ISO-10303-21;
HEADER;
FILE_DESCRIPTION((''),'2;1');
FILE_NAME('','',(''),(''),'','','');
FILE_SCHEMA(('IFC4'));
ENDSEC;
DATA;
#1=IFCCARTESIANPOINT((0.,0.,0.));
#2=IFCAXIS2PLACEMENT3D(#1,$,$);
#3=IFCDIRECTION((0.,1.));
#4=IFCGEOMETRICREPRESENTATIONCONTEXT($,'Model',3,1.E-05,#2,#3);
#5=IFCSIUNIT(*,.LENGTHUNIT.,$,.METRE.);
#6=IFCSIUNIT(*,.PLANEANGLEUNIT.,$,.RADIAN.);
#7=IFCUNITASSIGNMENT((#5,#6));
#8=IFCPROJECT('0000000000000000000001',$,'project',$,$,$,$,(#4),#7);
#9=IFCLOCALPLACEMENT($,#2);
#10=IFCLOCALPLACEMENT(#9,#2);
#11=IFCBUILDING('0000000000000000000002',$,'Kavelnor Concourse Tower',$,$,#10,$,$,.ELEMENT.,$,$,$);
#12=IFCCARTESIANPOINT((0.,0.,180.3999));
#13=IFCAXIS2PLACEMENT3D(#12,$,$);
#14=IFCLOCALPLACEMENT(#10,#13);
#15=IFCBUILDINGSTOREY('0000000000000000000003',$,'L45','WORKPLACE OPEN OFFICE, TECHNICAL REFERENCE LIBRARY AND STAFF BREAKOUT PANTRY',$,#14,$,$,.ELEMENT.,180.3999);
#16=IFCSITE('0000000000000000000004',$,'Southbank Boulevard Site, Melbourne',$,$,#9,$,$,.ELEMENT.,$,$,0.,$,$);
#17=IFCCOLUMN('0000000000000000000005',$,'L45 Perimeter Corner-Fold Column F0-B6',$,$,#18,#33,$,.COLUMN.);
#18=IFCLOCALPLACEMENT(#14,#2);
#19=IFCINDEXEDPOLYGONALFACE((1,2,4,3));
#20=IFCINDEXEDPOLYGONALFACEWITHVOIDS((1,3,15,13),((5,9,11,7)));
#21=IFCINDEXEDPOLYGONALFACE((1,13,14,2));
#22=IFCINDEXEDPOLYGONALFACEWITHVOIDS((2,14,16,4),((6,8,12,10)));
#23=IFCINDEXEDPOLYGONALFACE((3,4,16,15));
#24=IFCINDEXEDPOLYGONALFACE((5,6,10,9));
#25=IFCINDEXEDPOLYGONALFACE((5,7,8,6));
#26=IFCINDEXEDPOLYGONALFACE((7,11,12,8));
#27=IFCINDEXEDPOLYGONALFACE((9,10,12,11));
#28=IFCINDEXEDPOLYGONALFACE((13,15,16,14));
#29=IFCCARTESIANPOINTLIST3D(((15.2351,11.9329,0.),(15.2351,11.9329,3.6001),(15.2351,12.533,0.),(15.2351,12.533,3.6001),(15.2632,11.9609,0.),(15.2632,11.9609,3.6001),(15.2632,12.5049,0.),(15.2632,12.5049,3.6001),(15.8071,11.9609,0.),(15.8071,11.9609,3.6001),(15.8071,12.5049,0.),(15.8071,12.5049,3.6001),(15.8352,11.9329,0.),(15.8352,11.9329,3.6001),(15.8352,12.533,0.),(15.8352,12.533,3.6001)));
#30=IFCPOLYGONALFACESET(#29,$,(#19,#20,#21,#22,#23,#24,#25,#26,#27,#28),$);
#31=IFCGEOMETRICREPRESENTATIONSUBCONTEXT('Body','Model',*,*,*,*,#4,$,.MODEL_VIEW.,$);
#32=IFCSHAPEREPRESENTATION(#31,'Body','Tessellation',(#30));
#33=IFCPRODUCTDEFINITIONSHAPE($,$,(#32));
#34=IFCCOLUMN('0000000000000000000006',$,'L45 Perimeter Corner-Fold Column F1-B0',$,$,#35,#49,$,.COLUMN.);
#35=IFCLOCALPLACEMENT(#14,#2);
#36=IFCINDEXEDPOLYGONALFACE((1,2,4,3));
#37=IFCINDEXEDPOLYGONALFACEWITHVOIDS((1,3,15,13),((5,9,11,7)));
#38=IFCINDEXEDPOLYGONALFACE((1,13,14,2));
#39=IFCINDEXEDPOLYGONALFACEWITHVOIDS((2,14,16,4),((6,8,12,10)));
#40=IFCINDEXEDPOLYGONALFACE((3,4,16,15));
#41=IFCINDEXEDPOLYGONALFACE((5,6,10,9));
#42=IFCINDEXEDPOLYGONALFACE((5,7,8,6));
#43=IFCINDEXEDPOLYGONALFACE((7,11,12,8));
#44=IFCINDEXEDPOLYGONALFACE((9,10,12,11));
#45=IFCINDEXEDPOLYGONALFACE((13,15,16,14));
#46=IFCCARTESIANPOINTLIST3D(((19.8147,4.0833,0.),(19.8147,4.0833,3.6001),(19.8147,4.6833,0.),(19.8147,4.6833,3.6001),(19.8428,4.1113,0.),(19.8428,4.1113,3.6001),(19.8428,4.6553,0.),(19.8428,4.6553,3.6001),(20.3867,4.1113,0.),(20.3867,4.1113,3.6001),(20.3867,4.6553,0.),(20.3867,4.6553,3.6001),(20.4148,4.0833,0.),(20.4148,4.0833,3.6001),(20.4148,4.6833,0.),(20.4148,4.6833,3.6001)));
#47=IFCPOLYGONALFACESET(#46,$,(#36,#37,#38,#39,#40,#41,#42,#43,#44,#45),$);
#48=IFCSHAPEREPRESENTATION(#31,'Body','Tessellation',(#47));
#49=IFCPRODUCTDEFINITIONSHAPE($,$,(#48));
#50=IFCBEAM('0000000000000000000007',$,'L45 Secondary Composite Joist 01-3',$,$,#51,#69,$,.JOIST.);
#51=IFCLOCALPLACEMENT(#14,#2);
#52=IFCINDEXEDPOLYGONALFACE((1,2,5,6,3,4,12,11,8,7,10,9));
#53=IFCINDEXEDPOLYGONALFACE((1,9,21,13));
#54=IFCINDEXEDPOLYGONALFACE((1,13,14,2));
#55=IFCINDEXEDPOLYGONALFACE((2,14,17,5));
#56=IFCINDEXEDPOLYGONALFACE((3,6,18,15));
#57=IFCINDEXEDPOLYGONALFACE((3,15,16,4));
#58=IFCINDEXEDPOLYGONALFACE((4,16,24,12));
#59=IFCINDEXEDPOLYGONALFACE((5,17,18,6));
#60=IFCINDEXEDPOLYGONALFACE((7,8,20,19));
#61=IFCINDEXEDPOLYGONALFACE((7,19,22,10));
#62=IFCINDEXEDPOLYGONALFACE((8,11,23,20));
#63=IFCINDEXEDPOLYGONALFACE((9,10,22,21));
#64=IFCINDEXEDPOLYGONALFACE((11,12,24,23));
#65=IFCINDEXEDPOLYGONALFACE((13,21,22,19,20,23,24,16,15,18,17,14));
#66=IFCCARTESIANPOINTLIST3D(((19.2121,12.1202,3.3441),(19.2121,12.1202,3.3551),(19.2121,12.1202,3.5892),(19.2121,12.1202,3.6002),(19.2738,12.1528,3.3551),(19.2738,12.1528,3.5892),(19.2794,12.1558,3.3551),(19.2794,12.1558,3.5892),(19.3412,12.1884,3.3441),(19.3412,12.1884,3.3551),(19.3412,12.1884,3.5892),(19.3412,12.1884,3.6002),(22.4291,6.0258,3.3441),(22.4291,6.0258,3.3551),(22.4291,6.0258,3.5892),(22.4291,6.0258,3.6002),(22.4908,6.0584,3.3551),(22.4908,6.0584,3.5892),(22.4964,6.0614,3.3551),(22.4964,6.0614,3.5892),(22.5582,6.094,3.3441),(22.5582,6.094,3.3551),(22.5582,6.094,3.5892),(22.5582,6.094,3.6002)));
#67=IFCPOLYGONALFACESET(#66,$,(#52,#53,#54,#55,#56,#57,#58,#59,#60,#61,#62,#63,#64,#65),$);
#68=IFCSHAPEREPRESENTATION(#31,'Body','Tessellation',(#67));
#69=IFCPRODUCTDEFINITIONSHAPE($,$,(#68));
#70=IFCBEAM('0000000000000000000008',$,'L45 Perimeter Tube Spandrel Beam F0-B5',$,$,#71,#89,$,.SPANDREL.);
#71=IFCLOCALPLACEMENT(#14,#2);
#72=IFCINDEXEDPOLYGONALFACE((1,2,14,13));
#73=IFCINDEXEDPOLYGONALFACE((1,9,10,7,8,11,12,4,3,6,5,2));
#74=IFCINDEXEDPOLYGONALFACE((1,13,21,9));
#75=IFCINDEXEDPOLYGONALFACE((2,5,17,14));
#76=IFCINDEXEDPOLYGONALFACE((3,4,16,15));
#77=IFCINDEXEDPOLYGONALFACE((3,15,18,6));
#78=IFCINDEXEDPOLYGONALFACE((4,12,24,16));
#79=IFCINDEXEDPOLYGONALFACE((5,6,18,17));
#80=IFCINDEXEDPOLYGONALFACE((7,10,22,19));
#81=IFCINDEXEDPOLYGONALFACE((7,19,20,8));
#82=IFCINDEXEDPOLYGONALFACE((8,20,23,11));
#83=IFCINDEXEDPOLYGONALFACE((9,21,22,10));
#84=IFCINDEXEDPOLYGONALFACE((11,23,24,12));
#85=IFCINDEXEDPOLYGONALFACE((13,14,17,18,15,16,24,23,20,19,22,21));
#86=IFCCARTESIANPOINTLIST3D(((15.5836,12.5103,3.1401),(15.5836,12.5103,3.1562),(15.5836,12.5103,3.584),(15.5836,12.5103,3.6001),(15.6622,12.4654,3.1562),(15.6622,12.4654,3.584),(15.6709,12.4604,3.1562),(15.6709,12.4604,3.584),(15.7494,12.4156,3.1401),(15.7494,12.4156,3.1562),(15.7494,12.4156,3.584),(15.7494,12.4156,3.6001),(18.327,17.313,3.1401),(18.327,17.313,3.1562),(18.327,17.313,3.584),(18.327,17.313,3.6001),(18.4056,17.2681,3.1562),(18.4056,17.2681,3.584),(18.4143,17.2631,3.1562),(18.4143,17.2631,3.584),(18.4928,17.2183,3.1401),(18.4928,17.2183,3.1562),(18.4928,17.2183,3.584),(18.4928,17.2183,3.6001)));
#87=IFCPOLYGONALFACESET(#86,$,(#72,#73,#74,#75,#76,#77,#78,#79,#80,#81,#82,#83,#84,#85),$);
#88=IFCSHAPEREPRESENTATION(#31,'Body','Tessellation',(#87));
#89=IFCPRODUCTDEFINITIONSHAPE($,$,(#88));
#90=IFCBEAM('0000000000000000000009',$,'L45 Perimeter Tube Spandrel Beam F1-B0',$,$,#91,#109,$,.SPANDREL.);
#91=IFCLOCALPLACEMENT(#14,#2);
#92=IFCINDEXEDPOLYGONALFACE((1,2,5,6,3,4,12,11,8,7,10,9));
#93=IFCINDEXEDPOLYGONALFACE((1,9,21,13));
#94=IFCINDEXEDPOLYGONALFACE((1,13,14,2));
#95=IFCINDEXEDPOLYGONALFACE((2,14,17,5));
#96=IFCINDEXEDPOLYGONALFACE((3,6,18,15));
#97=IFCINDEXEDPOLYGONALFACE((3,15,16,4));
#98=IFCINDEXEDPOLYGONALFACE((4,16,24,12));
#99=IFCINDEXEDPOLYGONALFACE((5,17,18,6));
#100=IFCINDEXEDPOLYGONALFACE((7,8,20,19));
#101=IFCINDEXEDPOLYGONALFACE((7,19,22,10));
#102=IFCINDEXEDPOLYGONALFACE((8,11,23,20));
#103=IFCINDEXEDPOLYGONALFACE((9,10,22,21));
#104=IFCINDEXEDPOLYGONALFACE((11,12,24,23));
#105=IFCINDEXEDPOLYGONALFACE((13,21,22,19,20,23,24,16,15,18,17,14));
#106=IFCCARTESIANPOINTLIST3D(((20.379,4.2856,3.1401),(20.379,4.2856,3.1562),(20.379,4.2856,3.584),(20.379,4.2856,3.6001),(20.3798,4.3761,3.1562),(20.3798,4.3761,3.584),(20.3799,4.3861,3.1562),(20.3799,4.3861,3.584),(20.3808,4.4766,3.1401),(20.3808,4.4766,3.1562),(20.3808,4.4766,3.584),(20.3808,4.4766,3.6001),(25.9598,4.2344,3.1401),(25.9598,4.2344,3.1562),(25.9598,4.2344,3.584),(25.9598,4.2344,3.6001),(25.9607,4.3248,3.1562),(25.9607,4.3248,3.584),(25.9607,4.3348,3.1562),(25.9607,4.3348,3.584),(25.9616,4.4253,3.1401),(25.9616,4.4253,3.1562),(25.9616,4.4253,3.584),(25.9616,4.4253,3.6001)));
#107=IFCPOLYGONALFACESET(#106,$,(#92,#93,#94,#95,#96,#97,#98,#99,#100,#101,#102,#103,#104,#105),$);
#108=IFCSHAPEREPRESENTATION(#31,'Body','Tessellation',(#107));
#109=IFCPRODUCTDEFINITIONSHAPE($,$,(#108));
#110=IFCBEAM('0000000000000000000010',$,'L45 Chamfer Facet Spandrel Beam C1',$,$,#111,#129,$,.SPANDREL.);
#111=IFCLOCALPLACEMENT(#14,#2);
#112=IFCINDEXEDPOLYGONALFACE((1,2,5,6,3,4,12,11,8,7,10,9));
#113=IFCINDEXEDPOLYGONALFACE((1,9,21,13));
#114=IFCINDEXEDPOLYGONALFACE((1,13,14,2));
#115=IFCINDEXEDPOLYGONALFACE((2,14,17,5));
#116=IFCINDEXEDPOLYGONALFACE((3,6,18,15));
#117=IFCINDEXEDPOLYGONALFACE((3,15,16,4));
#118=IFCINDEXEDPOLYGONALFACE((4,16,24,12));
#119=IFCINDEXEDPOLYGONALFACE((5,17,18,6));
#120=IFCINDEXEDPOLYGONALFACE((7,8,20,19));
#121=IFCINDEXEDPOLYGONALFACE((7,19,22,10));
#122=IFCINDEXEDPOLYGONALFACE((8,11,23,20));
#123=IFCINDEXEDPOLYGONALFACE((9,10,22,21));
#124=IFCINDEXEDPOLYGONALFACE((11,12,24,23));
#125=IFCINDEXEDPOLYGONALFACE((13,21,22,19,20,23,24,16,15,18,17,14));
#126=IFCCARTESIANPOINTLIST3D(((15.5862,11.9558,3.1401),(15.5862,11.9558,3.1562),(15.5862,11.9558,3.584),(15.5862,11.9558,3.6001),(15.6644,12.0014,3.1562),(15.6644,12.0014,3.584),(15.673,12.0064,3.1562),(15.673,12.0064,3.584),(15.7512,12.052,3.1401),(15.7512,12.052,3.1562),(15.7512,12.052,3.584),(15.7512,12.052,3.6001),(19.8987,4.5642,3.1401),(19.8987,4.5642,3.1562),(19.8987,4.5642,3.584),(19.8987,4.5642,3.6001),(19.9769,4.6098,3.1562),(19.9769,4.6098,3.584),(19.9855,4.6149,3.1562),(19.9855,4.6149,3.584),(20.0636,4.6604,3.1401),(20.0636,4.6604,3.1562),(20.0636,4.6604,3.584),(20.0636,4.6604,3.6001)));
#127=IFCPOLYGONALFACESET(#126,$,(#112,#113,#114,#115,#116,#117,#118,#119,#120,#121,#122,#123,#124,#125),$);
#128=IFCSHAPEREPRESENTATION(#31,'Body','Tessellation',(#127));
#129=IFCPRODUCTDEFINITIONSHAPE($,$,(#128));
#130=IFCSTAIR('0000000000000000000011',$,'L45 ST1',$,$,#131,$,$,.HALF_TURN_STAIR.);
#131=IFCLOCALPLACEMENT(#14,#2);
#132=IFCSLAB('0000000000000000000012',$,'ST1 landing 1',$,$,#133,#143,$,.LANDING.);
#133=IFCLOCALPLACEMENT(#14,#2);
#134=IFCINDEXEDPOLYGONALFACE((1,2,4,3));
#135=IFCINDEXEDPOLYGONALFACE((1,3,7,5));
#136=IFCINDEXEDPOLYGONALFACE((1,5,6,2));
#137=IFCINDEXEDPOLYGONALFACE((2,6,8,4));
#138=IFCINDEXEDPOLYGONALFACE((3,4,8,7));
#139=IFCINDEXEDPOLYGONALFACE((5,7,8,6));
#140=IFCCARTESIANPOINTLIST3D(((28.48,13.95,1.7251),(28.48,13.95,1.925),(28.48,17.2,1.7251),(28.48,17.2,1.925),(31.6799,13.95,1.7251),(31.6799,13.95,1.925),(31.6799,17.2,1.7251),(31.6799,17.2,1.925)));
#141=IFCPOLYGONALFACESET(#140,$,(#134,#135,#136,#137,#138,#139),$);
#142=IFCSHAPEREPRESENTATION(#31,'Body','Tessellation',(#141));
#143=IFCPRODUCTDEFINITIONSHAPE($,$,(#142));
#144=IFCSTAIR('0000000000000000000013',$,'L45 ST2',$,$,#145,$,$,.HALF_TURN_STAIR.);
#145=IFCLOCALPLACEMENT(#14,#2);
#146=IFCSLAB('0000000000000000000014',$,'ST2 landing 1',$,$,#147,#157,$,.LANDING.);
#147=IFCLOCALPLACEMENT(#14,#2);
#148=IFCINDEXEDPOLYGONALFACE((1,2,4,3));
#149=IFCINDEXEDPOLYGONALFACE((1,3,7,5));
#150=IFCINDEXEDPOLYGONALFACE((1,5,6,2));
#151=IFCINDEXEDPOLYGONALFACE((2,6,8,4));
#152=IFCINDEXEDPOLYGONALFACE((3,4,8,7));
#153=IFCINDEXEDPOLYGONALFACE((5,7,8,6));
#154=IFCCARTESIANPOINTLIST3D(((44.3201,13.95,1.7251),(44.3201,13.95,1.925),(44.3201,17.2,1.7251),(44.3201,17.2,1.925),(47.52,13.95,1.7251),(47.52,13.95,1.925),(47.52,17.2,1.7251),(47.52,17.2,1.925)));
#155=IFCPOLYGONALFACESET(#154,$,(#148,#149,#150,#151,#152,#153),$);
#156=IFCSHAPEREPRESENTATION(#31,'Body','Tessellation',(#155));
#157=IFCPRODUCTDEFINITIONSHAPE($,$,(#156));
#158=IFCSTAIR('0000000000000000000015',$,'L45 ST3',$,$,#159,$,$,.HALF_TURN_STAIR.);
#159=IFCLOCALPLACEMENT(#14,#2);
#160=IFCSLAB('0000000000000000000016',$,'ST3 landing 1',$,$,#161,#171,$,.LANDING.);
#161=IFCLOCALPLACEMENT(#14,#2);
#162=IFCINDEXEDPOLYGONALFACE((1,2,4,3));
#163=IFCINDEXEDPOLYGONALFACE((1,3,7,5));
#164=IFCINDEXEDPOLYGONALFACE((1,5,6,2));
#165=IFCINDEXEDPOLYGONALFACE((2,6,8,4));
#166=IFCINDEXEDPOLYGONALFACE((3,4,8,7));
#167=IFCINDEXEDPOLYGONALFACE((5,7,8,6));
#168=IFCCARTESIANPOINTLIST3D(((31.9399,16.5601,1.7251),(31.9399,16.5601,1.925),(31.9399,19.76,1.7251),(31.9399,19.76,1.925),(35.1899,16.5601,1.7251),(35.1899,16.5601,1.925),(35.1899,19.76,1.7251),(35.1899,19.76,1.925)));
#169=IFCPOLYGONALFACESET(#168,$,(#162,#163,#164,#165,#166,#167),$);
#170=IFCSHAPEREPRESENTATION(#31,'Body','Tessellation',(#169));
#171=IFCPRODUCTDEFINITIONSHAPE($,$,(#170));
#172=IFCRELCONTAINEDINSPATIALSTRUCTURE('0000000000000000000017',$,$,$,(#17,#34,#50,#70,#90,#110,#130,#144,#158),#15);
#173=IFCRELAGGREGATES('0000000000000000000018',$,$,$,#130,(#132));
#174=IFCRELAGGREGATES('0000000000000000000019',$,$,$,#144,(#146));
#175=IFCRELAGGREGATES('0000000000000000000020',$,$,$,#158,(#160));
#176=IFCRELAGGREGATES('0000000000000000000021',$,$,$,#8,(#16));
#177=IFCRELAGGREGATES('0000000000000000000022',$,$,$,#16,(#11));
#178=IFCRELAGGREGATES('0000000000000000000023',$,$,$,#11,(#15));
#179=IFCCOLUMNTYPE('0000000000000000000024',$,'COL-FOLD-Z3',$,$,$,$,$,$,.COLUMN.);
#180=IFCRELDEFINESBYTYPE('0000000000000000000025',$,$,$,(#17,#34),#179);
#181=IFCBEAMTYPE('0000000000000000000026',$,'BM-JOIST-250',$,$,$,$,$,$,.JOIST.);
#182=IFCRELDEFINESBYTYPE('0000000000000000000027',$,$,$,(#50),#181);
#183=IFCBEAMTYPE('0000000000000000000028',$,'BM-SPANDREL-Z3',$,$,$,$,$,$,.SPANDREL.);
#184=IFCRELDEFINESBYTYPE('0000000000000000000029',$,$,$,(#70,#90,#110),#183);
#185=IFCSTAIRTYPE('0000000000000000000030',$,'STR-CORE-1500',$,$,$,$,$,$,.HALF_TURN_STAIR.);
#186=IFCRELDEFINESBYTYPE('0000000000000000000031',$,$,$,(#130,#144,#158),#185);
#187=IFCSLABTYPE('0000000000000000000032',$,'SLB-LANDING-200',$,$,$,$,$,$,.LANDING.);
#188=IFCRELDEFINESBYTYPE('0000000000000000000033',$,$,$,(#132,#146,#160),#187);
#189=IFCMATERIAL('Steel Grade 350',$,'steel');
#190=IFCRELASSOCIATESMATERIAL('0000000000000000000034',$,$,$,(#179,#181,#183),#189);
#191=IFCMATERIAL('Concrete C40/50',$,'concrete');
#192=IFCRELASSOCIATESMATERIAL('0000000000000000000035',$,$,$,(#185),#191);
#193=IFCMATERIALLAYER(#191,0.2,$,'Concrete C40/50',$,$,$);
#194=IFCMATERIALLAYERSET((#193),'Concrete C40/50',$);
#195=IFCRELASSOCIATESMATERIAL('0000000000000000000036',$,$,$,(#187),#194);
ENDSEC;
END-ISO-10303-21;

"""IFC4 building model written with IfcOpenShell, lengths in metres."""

from ifc_helpers import new_model, si_unit, direction, frame, origin, origin_2d, place, context, subcontext, project, spatial, polyline, hollow_rectangle, i_section, outline, extrude, material, layer, layer_set, material_profile, profile_set, type_object, element, aggregate, save


model = new_model("IFC4")

# Units and contexts
model_context = context("Model", 3, precision=1e-05, world=origin(), true_north=direction((0.0, 1.0)))
body_context = subcontext(model_context, "Body", "Model", "MODEL_VIEW")
ifc_project = project(units=[si_unit("LENGTHUNIT", "METRE"), si_unit("PLANEANGLEUNIT", "RADIAN")], contexts=[model_context])

# Site, building, storey
site_placement = place(None, origin())
site = spatial("IfcSite", under=ifc_project, at=site_placement, Name="Southbank Boulevard Site, Melbourne", CompositionType="ELEMENT", RefElevation=0.0)
building_placement = place(site_placement, origin())
building = spatial("IfcBuilding", under=site, at=building_placement, Name="Kavelnor Concourse Tower", CompositionType="ELEMENT")
storey_placement = place(building_placement, frame((0.0, 0.0, 180.3999)))
storey = spatial("IfcBuildingStorey", under=building, at=storey_placement, Name="L45", Description="WORKPLACE OPEN OFFICE, TECHNICAL REFERENCE LIBRARY AND STAFF BREAKOUT PANTRY", CompositionType="ELEMENT", Elevation=180.3999)

# Columns
ifc_material_1 = material(Name="Steel Grade 350", Category="steel")
ifc_material_profile_1 = material_profile(ifc_material_1, hollow_rectangle(XDim=0.6001, YDim=0.6001, WallThickness=0.0281, at=origin_2d()), Name="SHS 600x600x28")
ifc_profile_set_1 = profile_set([ifc_material_profile_1], Name="Steel Grade 350")
column_type = type_object("IfcColumnType", Name="COL-FOLD-Z3", PredefinedType="COLUMN", material=ifc_profile_set_1)
for number, where, z_axis, x_axis, name in (
    (1, (15.5352, 12.2329, 0.0), (0.0, 0.0, 1.0), (1.0, 0.0, 0.0), "L45 Perimeter Corner-Fold Column F0-B6"),
    (2, (20.1147, 4.3833, 0.0), (0.0, 0.0, 1.0), (1.0, 0.0, 0.0), "L45 Perimeter Corner-Fold Column F1-B0"),
):
    element("IfcColumn", number, at=place(storey_placement, frame(where, z_axis=z_axis, x_axis=x_axis)), inside=storey, type_object=column_type, Name=name, PredefinedType="COLUMN", context=body_context, shape_type="SweptSolid", body=[
        extrude(hollow_rectangle(XDim=0.6001, YDim=0.6001, WallThickness=0.0281, at=origin_2d()), origin(), (0.0, 0.0, 1.0), 3.6001),
    ])

# Beams
ifc_material_profile_2 = material_profile(ifc_material_1, i_section(OverallWidth=0.146, OverallDepth=0.2561, WebThickness=0.0063, FlangeThickness=0.011, at=origin_2d()), Name="250UB37")
ifc_profile_set_2 = profile_set([ifc_material_profile_2], Name="Steel Grade 350")
beam_type_1 = type_object("IfcBeamType", Name="BM-JOIST-250", PredefinedType="JOIST", material=ifc_profile_set_2)
beam_1_placement = place(storey_placement, frame((19.2766, 12.1543, 3.4722), z_axis=(0.466816, -0.884354, 0.0), x_axis=(0.884354, 0.466816, 0.0)))
element("IfcBeam", 3, at=beam_1_placement, inside=storey, type_object=beam_type_1, Name="L45 Secondary Composite Joist 01-3", PredefinedType="JOIST", context=body_context, shape_type="SweptSolid", body=[
    extrude(i_section(OverallWidth=0.146, OverallDepth=0.2561, WebThickness=0.0063, FlangeThickness=0.011, at=origin_2d()), origin(), (0.0, 0.0, 1.0), 6.8914),
])
ifc_material_profile_3 = material_profile(ifc_material_1, i_section(OverallWidth=0.1909, OverallDepth=0.46, WebThickness=0.01, FlangeThickness=0.0161, at=origin_2d()), Name="460UB82")
ifc_profile_set_3 = profile_set([ifc_material_profile_3], Name="Steel Grade 350")
beam_type_2 = type_object("IfcBeamType", Name="BM-SPANDREL-Z3", PredefinedType="SPANDREL", material=ifc_profile_set_3)
beam_2_placement = place(storey_placement, frame((18.4099, 17.2656, 3.3701), z_axis=(-0.496001, -0.868322, 0.0), x_axis=(0.868322, -0.496001, 0.0)))
element("IfcBeam", 4, at=beam_2_placement, inside=storey, type_object=beam_type_2, Name="L45 Perimeter Tube Spandrel Beam F0-B5", PredefinedType="SPANDREL", context=body_context, shape_type="SweptSolid", body=[
    extrude(i_section(OverallWidth=0.1909, OverallDepth=0.46, WebThickness=0.01, FlangeThickness=0.0161, at=origin_2d()), origin(), (0.0, 0.0, 1.0), 5.531),
])
beam_3_placement = place(storey_placement, frame((20.3799, 4.3811, 3.3701), z_axis=(0.999958, -0.009186, 0.0), x_axis=(0.009186, 0.999958, 0.0)))
element("IfcBeam", 5, at=beam_3_placement, inside=storey, type_object=beam_type_2, Name="L45 Perimeter Tube Spandrel Beam F1-B0", PredefinedType="SPANDREL", context=body_context, shape_type="SweptSolid", body=[
    extrude(i_section(OverallWidth=0.1909, OverallDepth=0.46, WebThickness=0.01, FlangeThickness=0.0161, at=origin_2d()), origin(), (0.0, 0.0, 1.0), 5.5811),
])
beam_4_placement = place(storey_placement, frame((15.6687, 12.0039, 3.3701), z_axis=(0.503935, -0.863742, 0.0), x_axis=(0.863742, 0.503935, 0.0)))
element("IfcBeam", 6, at=beam_4_placement, inside=storey, type_object=beam_type_2, Name="L45 Chamfer Facet Spandrel Beam C1", PredefinedType="SPANDREL", context=body_context, shape_type="SweptSolid", body=[
    extrude(i_section(OverallWidth=0.1909, OverallDepth=0.46, WebThickness=0.01, FlangeThickness=0.0161, at=origin_2d()), origin(), (0.0, 0.0, 1.0), 8.5576),
])

# Stairs, slabs
ifc_material_2 = material(Name="Concrete C40/50", Category="concrete")
stair_type = type_object("IfcStairType", Name="STR-CORE-1500", PredefinedType="HALF_TURN_STAIR", material=ifc_material_2)
stair_1_placement = place(storey_placement, origin())
stair_1 = element("IfcStair", 7, at=stair_1_placement, inside=storey, type_object=stair_type, Name="L45 ST1", PredefinedType="HALF_TURN_STAIR")
ifc_layer_1 = layer(ifc_material_2, 0.2, Name="Concrete C40/50")
ifc_layer_set_1 = layer_set([ifc_layer_1], Name="Concrete C40/50")
slab_type_1 = type_object("IfcSlabType", Name="SLB-LANDING-200", PredefinedType="LANDING", material=ifc_layer_set_1)
slab_1_placement = place(storey_placement, frame((0.0, 0.0, 1.7251)))
slab_1 = element("IfcSlab", 8, at=slab_1_placement, type_object=slab_type_1, Name="ST1 landing 1", PredefinedType="LANDING", context=body_context, shape_type="SweptSolid", body=[
    extrude(outline(polyline([(31.6799, 13.95), (31.6799, 17.2), (28.48, 17.2), (28.48, 13.95), (31.6799, 13.95)])), origin(), (0.0, 0.0, 1.0), 0.2),
])
aggregate(stair_1, [slab_1])
stair_2_placement = place(storey_placement, origin())
stair_2 = element("IfcStair", 9, at=stair_2_placement, inside=storey, type_object=stair_type, Name="L45 ST2", PredefinedType="HALF_TURN_STAIR")
slab_2_placement = place(storey_placement, frame((0.0, 0.0, 1.7251)))
slab_2 = element("IfcSlab", 10, at=slab_2_placement, type_object=slab_type_1, Name="ST2 landing 1", PredefinedType="LANDING", context=body_context, shape_type="SweptSolid", body=[
    extrude(outline(polyline([(47.52, 13.95), (47.52, 17.2), (44.3201, 17.2), (44.3201, 13.95), (47.52, 13.95)])), origin(), (0.0, 0.0, 1.0), 0.2),
])
aggregate(stair_2, [slab_2])
stair_3_placement = place(storey_placement, origin())
stair_3 = element("IfcStair", 11, at=stair_3_placement, inside=storey, type_object=stair_type, Name="L45 ST3", PredefinedType="HALF_TURN_STAIR")
slab_3_placement = place(storey_placement, frame((0.0, 0.0, 1.7251)))
slab_3 = element("IfcSlab", 12, at=slab_3_placement, type_object=slab_type_1, Name="ST3 landing 1", PredefinedType="LANDING", context=body_context, shape_type="SweptSolid", body=[
    extrude(outline(polyline([(35.1899, 19.76), (31.9399, 19.76), (31.9399, 16.5601), (35.1899, 16.5601), (35.1899, 19.76)])), origin(), (0.0, 0.0, 1.0), 0.2),
])
aggregate(stair_3, [slab_3])

save(model, "model.ifc")
